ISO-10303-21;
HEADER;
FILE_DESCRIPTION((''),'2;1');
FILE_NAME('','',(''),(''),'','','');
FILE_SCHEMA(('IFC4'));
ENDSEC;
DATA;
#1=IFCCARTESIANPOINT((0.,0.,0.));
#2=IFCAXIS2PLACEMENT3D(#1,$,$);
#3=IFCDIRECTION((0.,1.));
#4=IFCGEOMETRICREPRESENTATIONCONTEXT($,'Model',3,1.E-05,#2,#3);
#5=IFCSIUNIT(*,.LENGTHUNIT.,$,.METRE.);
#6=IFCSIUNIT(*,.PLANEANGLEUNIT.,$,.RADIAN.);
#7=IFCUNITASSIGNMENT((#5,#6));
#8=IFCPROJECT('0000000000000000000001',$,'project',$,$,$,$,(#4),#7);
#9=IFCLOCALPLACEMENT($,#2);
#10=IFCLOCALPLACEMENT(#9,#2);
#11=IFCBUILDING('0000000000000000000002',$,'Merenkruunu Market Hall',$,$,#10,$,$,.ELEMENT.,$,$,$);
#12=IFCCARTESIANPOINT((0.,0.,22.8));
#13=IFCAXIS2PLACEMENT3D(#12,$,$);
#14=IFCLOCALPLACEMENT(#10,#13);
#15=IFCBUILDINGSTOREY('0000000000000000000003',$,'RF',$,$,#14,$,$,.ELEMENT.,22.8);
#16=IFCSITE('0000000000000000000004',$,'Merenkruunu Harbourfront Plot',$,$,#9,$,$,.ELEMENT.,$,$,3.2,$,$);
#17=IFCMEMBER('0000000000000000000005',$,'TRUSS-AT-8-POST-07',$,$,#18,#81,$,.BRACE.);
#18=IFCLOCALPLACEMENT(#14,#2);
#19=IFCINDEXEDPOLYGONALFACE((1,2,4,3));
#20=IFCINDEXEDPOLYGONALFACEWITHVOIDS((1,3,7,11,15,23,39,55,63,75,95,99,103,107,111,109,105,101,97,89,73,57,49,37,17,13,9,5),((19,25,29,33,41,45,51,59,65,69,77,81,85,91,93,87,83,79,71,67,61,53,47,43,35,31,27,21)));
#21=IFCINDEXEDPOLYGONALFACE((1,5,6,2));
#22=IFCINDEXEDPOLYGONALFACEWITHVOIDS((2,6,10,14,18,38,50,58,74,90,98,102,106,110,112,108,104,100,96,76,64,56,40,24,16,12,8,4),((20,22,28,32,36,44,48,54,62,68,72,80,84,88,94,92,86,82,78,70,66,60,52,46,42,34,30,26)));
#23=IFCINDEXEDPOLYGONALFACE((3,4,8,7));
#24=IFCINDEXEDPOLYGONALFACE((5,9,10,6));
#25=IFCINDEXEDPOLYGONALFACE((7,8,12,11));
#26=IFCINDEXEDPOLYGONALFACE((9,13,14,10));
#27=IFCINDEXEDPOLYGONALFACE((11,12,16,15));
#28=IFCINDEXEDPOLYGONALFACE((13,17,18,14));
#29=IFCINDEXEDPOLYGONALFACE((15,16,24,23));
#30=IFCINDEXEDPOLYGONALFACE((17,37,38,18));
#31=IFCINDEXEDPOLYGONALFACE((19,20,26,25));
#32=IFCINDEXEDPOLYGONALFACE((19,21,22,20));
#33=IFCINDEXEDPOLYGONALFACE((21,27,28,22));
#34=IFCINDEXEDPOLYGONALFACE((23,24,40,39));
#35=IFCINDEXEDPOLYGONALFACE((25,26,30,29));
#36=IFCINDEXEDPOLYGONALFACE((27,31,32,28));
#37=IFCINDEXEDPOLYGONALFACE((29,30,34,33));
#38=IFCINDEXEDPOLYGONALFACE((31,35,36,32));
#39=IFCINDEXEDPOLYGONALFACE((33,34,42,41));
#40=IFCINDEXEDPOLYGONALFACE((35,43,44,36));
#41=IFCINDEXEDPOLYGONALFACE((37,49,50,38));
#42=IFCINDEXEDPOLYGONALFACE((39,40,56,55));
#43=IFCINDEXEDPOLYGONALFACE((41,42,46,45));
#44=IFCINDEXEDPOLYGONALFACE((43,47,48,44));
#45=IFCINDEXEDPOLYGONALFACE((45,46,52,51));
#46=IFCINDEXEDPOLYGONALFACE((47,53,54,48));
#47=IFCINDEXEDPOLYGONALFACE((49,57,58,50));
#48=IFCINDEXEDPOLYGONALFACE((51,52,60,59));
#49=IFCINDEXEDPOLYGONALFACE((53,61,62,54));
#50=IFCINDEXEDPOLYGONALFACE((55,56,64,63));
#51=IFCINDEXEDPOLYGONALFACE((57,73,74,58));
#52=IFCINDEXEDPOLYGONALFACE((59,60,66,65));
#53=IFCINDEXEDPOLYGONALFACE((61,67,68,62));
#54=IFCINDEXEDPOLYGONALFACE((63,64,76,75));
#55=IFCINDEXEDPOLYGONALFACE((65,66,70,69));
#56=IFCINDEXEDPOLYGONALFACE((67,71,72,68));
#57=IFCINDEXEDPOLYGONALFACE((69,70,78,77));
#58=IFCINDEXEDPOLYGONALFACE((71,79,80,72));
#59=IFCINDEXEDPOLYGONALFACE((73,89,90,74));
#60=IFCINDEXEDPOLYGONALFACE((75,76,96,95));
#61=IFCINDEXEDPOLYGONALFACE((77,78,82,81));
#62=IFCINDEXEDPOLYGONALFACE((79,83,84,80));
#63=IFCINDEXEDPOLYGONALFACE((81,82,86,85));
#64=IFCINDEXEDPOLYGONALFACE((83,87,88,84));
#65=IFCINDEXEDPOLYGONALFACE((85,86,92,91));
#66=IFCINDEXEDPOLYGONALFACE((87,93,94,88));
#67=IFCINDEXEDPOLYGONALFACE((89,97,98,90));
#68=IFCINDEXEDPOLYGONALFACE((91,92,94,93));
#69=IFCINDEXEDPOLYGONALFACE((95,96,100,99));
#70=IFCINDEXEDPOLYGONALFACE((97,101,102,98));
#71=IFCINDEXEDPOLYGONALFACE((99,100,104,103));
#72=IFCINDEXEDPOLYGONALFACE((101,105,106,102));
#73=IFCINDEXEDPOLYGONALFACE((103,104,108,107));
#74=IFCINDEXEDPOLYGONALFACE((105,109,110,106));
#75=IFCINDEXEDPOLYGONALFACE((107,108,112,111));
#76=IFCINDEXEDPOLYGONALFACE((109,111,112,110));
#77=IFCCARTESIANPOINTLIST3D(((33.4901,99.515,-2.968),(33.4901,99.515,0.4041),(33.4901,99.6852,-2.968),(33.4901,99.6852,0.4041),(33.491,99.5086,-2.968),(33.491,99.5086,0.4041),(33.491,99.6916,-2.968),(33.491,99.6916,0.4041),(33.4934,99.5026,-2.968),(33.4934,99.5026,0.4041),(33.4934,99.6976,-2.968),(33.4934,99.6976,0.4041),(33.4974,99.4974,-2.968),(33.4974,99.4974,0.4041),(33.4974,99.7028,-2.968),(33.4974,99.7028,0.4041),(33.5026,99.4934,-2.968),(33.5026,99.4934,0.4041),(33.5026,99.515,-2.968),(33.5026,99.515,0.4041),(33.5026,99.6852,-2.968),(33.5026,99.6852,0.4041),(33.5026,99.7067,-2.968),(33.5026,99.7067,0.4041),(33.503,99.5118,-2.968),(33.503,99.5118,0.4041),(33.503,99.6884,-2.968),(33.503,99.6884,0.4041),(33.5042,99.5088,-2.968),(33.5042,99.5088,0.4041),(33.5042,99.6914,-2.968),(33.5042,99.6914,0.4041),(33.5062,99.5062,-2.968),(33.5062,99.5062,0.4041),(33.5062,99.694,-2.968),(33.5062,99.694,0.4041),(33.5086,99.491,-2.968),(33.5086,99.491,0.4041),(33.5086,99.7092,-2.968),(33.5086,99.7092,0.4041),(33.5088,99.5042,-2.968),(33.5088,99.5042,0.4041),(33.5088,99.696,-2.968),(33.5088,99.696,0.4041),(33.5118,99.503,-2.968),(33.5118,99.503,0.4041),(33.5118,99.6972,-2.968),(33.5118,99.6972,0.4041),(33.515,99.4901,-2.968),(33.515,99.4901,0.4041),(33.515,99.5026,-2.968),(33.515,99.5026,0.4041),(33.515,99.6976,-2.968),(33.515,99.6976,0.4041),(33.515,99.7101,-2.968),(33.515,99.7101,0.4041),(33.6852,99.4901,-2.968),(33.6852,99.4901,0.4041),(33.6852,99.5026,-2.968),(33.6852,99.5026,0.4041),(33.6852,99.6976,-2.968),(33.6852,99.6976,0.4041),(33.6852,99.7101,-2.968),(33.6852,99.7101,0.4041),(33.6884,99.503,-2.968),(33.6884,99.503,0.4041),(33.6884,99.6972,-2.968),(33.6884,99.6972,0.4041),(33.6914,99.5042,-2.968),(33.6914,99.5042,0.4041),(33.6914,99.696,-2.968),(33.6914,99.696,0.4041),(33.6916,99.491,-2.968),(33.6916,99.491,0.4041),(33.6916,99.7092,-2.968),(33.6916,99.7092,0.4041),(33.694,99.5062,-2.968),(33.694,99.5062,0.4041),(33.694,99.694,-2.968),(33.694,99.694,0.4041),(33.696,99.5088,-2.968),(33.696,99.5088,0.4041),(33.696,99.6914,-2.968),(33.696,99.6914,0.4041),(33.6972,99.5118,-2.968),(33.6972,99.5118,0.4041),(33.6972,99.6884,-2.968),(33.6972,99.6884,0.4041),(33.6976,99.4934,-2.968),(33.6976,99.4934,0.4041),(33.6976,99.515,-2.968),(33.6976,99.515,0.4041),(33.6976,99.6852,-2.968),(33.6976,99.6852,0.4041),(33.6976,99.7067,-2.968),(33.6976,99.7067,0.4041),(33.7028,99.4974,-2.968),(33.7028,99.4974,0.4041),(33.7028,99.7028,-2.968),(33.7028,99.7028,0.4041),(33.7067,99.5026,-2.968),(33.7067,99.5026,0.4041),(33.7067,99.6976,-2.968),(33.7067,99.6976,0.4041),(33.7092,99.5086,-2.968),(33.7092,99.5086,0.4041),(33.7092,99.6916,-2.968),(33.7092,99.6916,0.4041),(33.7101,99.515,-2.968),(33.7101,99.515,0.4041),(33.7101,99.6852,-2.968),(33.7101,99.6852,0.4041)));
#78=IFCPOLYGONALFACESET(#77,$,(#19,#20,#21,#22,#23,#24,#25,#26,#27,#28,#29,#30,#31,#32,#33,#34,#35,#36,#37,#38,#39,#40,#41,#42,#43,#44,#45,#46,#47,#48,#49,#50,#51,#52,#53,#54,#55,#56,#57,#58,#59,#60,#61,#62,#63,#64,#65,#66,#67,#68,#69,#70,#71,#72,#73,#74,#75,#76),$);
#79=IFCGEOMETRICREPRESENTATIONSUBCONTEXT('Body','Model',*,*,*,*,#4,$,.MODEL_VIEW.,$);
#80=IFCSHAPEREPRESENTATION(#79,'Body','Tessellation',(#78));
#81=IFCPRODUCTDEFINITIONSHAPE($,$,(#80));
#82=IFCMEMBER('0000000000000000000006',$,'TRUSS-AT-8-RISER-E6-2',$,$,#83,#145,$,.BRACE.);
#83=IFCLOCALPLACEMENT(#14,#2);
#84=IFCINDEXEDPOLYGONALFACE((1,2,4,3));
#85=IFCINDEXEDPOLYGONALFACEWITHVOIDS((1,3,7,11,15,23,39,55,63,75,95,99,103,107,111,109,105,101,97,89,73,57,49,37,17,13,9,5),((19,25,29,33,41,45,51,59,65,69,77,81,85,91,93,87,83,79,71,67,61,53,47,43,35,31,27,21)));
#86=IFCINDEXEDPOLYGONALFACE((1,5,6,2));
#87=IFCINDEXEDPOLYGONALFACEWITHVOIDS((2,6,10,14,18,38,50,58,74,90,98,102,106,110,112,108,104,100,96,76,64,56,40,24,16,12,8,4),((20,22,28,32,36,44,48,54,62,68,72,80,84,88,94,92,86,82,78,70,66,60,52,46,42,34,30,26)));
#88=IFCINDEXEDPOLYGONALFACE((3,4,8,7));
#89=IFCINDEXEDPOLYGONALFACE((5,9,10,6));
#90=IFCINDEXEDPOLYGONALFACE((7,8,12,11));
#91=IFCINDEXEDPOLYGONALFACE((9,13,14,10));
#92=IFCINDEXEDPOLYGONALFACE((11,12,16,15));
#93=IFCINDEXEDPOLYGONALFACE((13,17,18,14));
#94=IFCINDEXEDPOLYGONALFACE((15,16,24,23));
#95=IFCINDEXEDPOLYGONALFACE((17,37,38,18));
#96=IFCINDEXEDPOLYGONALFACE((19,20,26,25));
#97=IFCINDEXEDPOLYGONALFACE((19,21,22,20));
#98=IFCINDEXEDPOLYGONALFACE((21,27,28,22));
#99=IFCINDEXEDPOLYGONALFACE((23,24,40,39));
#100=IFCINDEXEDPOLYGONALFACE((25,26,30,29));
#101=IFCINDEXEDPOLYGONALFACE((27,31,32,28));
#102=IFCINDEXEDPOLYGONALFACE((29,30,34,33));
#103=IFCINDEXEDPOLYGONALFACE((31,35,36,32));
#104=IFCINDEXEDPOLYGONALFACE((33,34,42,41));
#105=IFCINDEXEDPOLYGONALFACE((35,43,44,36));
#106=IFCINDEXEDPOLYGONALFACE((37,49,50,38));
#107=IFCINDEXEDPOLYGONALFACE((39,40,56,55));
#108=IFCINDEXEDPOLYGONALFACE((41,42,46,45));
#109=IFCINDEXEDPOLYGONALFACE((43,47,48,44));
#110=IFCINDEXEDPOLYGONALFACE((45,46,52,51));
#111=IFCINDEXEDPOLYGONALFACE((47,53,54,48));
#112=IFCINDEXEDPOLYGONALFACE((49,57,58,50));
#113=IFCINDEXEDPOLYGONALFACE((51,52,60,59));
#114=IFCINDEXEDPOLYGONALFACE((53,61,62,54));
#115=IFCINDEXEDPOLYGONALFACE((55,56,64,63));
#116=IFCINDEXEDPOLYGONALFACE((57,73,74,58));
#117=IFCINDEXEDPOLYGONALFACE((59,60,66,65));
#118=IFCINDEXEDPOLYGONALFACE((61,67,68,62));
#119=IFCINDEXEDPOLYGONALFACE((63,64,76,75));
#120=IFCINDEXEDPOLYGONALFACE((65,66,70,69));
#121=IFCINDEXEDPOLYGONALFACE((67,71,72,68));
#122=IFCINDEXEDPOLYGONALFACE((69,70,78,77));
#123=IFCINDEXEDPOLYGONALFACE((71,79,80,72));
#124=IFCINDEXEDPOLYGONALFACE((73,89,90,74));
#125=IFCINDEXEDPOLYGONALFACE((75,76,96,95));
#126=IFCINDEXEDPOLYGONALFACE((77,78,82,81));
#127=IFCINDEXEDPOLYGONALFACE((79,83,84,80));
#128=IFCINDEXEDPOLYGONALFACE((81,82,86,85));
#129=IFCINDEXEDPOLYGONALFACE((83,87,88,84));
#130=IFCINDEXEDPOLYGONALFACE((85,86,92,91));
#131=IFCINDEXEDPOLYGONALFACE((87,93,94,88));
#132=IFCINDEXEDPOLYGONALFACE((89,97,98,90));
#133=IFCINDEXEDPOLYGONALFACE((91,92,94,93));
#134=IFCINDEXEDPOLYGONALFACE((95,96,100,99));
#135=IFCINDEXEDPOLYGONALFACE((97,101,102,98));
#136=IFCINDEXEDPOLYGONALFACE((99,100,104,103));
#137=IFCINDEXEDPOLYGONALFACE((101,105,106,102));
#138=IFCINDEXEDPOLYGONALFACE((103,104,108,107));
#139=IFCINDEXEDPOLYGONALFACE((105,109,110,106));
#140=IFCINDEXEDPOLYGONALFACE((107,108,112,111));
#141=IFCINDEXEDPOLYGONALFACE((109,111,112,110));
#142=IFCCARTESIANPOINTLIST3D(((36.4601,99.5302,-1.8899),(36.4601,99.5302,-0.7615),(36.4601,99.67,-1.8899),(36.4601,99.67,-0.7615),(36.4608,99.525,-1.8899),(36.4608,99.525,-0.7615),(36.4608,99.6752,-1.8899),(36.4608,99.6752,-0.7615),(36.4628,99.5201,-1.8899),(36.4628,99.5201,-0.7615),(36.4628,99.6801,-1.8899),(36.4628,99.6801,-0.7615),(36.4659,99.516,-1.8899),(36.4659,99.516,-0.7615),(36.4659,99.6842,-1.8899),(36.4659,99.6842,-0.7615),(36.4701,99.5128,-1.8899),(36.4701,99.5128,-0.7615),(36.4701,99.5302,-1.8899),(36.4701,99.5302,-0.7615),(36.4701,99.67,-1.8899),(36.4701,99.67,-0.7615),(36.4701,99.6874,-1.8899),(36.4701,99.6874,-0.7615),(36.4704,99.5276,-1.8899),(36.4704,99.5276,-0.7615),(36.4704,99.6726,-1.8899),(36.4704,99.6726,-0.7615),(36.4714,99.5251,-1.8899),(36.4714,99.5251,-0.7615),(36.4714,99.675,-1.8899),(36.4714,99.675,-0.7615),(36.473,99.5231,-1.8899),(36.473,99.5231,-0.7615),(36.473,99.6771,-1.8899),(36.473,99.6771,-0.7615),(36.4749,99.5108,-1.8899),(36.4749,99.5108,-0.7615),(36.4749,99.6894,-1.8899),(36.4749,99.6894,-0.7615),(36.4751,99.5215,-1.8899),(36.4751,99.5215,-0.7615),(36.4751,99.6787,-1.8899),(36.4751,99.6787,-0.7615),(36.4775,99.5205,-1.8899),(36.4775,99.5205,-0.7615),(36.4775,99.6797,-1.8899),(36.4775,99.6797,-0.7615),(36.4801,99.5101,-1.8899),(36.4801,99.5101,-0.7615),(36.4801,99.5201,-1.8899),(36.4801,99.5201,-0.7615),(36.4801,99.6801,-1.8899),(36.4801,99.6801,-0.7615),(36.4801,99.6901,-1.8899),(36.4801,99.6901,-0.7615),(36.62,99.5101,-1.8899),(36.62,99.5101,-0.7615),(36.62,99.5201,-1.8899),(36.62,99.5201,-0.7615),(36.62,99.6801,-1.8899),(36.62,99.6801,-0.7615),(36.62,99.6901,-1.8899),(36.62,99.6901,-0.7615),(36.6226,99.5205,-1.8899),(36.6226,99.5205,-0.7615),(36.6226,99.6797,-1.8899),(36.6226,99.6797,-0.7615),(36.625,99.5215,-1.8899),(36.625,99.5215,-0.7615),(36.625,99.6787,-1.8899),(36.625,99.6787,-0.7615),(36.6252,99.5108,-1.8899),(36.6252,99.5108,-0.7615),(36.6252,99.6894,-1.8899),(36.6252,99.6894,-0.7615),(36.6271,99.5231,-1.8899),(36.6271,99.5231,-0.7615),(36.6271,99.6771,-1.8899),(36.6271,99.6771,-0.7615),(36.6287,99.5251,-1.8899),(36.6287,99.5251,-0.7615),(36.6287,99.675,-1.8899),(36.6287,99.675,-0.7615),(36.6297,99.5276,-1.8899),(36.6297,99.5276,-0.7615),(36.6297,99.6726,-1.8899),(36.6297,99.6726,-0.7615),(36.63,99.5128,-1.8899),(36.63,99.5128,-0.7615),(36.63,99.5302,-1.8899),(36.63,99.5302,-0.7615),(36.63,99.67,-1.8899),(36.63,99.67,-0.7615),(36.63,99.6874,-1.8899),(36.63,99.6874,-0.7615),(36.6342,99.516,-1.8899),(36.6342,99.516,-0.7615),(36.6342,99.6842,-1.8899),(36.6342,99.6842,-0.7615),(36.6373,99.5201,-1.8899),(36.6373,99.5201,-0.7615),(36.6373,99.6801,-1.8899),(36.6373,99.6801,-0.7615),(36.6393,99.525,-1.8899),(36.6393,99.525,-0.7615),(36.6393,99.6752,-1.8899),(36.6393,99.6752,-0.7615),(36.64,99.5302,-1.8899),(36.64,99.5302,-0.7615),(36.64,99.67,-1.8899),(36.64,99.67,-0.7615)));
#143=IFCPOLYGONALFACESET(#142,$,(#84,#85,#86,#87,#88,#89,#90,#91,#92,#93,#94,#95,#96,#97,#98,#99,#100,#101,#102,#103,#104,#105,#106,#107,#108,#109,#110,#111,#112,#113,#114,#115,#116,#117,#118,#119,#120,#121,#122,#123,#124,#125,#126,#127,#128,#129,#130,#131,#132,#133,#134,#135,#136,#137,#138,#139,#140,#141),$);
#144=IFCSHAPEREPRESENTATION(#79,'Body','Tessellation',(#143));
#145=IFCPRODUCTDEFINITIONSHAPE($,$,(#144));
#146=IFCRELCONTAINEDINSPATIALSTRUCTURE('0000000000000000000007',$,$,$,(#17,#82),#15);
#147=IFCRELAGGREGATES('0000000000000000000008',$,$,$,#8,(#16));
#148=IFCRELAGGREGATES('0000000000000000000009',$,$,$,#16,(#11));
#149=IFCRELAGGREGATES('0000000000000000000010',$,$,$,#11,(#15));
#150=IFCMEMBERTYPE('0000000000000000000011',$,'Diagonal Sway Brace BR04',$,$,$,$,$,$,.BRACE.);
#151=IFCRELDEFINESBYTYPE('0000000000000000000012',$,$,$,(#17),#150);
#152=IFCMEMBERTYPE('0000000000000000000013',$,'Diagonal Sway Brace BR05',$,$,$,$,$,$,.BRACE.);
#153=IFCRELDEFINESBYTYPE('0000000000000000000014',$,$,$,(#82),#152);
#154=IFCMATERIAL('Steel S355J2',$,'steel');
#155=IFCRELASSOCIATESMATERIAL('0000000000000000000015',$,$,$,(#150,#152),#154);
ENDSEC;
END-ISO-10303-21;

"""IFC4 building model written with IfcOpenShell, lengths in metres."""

from ifc_helpers import new_model, si_unit, direction, frame, origin, origin_2d, place, context, subcontext, project, spatial, hollow_rectangle, extrude, material, material_profile, profile_set, type_object, element, save


model = new_model("IFC4")

# Units and contexts
model_context = context("Model", 3, precision=1e-05, world=origin(), true_north=direction((0.0, 1.0)))
body_context = subcontext(model_context, "Body", "Model", "MODEL_VIEW")
ifc_project = project(units=[si_unit("LENGTHUNIT", "METRE"), si_unit("PLANEANGLEUNIT", "RADIAN")], contexts=[model_context])

# Site, building, storey
site_placement = place(None, origin())
site = spatial("IfcSite", under=ifc_project, at=site_placement, Name="Merenkruunu Harbourfront Plot", CompositionType="ELEMENT", RefElevation=3.2)
building_placement = place(site_placement, origin())
building = spatial("IfcBuilding", under=site, at=building_placement, Name="Merenkruunu Market Hall", CompositionType="ELEMENT")
storey_placement = place(building_placement, frame((0.0, 0.0, 22.8)))
storey = spatial("IfcBuildingStorey", under=building, at=storey_placement, Name="RF", CompositionType="ELEMENT", Elevation=22.8)

# Members
ifc_material_1 = material(Name="Steel S355J2", Category="steel")
ifc_material_profile_1 = material_profile(ifc_material_1, hollow_rectangle(XDim=0.22, YDim=0.22, WallThickness=0.0125, InnerFilletRadius=0.0125, OuterFilletRadius=0.0249, at=origin_2d()), Name="SHS 220x220x12.5")
ifc_profile_set_1 = profile_set([ifc_material_profile_1], Name="Steel S355J2")
member_type_1 = type_object("IfcMemberType", Name="Diagonal Sway Brace BR04", PredefinedType="BRACE", material=ifc_profile_set_1)
member_1_placement = place(storey_placement, frame((33.6001, 99.6001, -2.968), z_axis=(0.0, 0.0, 1.0), x_axis=(1.0, 0.0, 0.0)))
element("IfcMember", 1, at=member_1_placement, inside=storey, type_object=member_type_1, Name="TRUSS-AT-8-POST-07", PredefinedType="BRACE", context=body_context, shape_type="SweptSolid", body=[
    extrude(hollow_rectangle(XDim=0.22, YDim=0.22, WallThickness=0.0125, InnerFilletRadius=0.0125, OuterFilletRadius=0.0249, at=origin_2d()), origin(), (0.0, 0.0, 1.0), 3.3721),
])
ifc_material_profile_2 = material_profile(ifc_material_1, hollow_rectangle(XDim=0.1799, YDim=0.1799, WallThickness=0.01, InnerFilletRadius=0.01, OuterFilletRadius=0.02, at=origin_2d()), Name="SHS 180x180x10")
ifc_profile_set_2 = profile_set([ifc_material_profile_2], Name="Steel S355J2")
member_type_2 = type_object("IfcMemberType", Name="Diagonal Sway Brace BR05", PredefinedType="BRACE", material=ifc_profile_set_2)
member_2_placement = place(storey_placement, frame((36.55, 99.6001, -1.8899), z_axis=(0.0, 0.0, 1.0), x_axis=(1.0, 0.0, 0.0)))
element("IfcMember", 2, at=member_2_placement, inside=storey, type_object=member_type_2, Name="TRUSS-AT-8-RISER-E6-2", PredefinedType="BRACE", context=body_context, shape_type="SweptSolid", body=[
    extrude(hollow_rectangle(XDim=0.1799, YDim=0.1799, WallThickness=0.01, InnerFilletRadius=0.01, OuterFilletRadius=0.02, at=origin_2d()), origin(), (0.0, 0.0, 1.0), 1.1284),
])

save(model, "model.ifc")
